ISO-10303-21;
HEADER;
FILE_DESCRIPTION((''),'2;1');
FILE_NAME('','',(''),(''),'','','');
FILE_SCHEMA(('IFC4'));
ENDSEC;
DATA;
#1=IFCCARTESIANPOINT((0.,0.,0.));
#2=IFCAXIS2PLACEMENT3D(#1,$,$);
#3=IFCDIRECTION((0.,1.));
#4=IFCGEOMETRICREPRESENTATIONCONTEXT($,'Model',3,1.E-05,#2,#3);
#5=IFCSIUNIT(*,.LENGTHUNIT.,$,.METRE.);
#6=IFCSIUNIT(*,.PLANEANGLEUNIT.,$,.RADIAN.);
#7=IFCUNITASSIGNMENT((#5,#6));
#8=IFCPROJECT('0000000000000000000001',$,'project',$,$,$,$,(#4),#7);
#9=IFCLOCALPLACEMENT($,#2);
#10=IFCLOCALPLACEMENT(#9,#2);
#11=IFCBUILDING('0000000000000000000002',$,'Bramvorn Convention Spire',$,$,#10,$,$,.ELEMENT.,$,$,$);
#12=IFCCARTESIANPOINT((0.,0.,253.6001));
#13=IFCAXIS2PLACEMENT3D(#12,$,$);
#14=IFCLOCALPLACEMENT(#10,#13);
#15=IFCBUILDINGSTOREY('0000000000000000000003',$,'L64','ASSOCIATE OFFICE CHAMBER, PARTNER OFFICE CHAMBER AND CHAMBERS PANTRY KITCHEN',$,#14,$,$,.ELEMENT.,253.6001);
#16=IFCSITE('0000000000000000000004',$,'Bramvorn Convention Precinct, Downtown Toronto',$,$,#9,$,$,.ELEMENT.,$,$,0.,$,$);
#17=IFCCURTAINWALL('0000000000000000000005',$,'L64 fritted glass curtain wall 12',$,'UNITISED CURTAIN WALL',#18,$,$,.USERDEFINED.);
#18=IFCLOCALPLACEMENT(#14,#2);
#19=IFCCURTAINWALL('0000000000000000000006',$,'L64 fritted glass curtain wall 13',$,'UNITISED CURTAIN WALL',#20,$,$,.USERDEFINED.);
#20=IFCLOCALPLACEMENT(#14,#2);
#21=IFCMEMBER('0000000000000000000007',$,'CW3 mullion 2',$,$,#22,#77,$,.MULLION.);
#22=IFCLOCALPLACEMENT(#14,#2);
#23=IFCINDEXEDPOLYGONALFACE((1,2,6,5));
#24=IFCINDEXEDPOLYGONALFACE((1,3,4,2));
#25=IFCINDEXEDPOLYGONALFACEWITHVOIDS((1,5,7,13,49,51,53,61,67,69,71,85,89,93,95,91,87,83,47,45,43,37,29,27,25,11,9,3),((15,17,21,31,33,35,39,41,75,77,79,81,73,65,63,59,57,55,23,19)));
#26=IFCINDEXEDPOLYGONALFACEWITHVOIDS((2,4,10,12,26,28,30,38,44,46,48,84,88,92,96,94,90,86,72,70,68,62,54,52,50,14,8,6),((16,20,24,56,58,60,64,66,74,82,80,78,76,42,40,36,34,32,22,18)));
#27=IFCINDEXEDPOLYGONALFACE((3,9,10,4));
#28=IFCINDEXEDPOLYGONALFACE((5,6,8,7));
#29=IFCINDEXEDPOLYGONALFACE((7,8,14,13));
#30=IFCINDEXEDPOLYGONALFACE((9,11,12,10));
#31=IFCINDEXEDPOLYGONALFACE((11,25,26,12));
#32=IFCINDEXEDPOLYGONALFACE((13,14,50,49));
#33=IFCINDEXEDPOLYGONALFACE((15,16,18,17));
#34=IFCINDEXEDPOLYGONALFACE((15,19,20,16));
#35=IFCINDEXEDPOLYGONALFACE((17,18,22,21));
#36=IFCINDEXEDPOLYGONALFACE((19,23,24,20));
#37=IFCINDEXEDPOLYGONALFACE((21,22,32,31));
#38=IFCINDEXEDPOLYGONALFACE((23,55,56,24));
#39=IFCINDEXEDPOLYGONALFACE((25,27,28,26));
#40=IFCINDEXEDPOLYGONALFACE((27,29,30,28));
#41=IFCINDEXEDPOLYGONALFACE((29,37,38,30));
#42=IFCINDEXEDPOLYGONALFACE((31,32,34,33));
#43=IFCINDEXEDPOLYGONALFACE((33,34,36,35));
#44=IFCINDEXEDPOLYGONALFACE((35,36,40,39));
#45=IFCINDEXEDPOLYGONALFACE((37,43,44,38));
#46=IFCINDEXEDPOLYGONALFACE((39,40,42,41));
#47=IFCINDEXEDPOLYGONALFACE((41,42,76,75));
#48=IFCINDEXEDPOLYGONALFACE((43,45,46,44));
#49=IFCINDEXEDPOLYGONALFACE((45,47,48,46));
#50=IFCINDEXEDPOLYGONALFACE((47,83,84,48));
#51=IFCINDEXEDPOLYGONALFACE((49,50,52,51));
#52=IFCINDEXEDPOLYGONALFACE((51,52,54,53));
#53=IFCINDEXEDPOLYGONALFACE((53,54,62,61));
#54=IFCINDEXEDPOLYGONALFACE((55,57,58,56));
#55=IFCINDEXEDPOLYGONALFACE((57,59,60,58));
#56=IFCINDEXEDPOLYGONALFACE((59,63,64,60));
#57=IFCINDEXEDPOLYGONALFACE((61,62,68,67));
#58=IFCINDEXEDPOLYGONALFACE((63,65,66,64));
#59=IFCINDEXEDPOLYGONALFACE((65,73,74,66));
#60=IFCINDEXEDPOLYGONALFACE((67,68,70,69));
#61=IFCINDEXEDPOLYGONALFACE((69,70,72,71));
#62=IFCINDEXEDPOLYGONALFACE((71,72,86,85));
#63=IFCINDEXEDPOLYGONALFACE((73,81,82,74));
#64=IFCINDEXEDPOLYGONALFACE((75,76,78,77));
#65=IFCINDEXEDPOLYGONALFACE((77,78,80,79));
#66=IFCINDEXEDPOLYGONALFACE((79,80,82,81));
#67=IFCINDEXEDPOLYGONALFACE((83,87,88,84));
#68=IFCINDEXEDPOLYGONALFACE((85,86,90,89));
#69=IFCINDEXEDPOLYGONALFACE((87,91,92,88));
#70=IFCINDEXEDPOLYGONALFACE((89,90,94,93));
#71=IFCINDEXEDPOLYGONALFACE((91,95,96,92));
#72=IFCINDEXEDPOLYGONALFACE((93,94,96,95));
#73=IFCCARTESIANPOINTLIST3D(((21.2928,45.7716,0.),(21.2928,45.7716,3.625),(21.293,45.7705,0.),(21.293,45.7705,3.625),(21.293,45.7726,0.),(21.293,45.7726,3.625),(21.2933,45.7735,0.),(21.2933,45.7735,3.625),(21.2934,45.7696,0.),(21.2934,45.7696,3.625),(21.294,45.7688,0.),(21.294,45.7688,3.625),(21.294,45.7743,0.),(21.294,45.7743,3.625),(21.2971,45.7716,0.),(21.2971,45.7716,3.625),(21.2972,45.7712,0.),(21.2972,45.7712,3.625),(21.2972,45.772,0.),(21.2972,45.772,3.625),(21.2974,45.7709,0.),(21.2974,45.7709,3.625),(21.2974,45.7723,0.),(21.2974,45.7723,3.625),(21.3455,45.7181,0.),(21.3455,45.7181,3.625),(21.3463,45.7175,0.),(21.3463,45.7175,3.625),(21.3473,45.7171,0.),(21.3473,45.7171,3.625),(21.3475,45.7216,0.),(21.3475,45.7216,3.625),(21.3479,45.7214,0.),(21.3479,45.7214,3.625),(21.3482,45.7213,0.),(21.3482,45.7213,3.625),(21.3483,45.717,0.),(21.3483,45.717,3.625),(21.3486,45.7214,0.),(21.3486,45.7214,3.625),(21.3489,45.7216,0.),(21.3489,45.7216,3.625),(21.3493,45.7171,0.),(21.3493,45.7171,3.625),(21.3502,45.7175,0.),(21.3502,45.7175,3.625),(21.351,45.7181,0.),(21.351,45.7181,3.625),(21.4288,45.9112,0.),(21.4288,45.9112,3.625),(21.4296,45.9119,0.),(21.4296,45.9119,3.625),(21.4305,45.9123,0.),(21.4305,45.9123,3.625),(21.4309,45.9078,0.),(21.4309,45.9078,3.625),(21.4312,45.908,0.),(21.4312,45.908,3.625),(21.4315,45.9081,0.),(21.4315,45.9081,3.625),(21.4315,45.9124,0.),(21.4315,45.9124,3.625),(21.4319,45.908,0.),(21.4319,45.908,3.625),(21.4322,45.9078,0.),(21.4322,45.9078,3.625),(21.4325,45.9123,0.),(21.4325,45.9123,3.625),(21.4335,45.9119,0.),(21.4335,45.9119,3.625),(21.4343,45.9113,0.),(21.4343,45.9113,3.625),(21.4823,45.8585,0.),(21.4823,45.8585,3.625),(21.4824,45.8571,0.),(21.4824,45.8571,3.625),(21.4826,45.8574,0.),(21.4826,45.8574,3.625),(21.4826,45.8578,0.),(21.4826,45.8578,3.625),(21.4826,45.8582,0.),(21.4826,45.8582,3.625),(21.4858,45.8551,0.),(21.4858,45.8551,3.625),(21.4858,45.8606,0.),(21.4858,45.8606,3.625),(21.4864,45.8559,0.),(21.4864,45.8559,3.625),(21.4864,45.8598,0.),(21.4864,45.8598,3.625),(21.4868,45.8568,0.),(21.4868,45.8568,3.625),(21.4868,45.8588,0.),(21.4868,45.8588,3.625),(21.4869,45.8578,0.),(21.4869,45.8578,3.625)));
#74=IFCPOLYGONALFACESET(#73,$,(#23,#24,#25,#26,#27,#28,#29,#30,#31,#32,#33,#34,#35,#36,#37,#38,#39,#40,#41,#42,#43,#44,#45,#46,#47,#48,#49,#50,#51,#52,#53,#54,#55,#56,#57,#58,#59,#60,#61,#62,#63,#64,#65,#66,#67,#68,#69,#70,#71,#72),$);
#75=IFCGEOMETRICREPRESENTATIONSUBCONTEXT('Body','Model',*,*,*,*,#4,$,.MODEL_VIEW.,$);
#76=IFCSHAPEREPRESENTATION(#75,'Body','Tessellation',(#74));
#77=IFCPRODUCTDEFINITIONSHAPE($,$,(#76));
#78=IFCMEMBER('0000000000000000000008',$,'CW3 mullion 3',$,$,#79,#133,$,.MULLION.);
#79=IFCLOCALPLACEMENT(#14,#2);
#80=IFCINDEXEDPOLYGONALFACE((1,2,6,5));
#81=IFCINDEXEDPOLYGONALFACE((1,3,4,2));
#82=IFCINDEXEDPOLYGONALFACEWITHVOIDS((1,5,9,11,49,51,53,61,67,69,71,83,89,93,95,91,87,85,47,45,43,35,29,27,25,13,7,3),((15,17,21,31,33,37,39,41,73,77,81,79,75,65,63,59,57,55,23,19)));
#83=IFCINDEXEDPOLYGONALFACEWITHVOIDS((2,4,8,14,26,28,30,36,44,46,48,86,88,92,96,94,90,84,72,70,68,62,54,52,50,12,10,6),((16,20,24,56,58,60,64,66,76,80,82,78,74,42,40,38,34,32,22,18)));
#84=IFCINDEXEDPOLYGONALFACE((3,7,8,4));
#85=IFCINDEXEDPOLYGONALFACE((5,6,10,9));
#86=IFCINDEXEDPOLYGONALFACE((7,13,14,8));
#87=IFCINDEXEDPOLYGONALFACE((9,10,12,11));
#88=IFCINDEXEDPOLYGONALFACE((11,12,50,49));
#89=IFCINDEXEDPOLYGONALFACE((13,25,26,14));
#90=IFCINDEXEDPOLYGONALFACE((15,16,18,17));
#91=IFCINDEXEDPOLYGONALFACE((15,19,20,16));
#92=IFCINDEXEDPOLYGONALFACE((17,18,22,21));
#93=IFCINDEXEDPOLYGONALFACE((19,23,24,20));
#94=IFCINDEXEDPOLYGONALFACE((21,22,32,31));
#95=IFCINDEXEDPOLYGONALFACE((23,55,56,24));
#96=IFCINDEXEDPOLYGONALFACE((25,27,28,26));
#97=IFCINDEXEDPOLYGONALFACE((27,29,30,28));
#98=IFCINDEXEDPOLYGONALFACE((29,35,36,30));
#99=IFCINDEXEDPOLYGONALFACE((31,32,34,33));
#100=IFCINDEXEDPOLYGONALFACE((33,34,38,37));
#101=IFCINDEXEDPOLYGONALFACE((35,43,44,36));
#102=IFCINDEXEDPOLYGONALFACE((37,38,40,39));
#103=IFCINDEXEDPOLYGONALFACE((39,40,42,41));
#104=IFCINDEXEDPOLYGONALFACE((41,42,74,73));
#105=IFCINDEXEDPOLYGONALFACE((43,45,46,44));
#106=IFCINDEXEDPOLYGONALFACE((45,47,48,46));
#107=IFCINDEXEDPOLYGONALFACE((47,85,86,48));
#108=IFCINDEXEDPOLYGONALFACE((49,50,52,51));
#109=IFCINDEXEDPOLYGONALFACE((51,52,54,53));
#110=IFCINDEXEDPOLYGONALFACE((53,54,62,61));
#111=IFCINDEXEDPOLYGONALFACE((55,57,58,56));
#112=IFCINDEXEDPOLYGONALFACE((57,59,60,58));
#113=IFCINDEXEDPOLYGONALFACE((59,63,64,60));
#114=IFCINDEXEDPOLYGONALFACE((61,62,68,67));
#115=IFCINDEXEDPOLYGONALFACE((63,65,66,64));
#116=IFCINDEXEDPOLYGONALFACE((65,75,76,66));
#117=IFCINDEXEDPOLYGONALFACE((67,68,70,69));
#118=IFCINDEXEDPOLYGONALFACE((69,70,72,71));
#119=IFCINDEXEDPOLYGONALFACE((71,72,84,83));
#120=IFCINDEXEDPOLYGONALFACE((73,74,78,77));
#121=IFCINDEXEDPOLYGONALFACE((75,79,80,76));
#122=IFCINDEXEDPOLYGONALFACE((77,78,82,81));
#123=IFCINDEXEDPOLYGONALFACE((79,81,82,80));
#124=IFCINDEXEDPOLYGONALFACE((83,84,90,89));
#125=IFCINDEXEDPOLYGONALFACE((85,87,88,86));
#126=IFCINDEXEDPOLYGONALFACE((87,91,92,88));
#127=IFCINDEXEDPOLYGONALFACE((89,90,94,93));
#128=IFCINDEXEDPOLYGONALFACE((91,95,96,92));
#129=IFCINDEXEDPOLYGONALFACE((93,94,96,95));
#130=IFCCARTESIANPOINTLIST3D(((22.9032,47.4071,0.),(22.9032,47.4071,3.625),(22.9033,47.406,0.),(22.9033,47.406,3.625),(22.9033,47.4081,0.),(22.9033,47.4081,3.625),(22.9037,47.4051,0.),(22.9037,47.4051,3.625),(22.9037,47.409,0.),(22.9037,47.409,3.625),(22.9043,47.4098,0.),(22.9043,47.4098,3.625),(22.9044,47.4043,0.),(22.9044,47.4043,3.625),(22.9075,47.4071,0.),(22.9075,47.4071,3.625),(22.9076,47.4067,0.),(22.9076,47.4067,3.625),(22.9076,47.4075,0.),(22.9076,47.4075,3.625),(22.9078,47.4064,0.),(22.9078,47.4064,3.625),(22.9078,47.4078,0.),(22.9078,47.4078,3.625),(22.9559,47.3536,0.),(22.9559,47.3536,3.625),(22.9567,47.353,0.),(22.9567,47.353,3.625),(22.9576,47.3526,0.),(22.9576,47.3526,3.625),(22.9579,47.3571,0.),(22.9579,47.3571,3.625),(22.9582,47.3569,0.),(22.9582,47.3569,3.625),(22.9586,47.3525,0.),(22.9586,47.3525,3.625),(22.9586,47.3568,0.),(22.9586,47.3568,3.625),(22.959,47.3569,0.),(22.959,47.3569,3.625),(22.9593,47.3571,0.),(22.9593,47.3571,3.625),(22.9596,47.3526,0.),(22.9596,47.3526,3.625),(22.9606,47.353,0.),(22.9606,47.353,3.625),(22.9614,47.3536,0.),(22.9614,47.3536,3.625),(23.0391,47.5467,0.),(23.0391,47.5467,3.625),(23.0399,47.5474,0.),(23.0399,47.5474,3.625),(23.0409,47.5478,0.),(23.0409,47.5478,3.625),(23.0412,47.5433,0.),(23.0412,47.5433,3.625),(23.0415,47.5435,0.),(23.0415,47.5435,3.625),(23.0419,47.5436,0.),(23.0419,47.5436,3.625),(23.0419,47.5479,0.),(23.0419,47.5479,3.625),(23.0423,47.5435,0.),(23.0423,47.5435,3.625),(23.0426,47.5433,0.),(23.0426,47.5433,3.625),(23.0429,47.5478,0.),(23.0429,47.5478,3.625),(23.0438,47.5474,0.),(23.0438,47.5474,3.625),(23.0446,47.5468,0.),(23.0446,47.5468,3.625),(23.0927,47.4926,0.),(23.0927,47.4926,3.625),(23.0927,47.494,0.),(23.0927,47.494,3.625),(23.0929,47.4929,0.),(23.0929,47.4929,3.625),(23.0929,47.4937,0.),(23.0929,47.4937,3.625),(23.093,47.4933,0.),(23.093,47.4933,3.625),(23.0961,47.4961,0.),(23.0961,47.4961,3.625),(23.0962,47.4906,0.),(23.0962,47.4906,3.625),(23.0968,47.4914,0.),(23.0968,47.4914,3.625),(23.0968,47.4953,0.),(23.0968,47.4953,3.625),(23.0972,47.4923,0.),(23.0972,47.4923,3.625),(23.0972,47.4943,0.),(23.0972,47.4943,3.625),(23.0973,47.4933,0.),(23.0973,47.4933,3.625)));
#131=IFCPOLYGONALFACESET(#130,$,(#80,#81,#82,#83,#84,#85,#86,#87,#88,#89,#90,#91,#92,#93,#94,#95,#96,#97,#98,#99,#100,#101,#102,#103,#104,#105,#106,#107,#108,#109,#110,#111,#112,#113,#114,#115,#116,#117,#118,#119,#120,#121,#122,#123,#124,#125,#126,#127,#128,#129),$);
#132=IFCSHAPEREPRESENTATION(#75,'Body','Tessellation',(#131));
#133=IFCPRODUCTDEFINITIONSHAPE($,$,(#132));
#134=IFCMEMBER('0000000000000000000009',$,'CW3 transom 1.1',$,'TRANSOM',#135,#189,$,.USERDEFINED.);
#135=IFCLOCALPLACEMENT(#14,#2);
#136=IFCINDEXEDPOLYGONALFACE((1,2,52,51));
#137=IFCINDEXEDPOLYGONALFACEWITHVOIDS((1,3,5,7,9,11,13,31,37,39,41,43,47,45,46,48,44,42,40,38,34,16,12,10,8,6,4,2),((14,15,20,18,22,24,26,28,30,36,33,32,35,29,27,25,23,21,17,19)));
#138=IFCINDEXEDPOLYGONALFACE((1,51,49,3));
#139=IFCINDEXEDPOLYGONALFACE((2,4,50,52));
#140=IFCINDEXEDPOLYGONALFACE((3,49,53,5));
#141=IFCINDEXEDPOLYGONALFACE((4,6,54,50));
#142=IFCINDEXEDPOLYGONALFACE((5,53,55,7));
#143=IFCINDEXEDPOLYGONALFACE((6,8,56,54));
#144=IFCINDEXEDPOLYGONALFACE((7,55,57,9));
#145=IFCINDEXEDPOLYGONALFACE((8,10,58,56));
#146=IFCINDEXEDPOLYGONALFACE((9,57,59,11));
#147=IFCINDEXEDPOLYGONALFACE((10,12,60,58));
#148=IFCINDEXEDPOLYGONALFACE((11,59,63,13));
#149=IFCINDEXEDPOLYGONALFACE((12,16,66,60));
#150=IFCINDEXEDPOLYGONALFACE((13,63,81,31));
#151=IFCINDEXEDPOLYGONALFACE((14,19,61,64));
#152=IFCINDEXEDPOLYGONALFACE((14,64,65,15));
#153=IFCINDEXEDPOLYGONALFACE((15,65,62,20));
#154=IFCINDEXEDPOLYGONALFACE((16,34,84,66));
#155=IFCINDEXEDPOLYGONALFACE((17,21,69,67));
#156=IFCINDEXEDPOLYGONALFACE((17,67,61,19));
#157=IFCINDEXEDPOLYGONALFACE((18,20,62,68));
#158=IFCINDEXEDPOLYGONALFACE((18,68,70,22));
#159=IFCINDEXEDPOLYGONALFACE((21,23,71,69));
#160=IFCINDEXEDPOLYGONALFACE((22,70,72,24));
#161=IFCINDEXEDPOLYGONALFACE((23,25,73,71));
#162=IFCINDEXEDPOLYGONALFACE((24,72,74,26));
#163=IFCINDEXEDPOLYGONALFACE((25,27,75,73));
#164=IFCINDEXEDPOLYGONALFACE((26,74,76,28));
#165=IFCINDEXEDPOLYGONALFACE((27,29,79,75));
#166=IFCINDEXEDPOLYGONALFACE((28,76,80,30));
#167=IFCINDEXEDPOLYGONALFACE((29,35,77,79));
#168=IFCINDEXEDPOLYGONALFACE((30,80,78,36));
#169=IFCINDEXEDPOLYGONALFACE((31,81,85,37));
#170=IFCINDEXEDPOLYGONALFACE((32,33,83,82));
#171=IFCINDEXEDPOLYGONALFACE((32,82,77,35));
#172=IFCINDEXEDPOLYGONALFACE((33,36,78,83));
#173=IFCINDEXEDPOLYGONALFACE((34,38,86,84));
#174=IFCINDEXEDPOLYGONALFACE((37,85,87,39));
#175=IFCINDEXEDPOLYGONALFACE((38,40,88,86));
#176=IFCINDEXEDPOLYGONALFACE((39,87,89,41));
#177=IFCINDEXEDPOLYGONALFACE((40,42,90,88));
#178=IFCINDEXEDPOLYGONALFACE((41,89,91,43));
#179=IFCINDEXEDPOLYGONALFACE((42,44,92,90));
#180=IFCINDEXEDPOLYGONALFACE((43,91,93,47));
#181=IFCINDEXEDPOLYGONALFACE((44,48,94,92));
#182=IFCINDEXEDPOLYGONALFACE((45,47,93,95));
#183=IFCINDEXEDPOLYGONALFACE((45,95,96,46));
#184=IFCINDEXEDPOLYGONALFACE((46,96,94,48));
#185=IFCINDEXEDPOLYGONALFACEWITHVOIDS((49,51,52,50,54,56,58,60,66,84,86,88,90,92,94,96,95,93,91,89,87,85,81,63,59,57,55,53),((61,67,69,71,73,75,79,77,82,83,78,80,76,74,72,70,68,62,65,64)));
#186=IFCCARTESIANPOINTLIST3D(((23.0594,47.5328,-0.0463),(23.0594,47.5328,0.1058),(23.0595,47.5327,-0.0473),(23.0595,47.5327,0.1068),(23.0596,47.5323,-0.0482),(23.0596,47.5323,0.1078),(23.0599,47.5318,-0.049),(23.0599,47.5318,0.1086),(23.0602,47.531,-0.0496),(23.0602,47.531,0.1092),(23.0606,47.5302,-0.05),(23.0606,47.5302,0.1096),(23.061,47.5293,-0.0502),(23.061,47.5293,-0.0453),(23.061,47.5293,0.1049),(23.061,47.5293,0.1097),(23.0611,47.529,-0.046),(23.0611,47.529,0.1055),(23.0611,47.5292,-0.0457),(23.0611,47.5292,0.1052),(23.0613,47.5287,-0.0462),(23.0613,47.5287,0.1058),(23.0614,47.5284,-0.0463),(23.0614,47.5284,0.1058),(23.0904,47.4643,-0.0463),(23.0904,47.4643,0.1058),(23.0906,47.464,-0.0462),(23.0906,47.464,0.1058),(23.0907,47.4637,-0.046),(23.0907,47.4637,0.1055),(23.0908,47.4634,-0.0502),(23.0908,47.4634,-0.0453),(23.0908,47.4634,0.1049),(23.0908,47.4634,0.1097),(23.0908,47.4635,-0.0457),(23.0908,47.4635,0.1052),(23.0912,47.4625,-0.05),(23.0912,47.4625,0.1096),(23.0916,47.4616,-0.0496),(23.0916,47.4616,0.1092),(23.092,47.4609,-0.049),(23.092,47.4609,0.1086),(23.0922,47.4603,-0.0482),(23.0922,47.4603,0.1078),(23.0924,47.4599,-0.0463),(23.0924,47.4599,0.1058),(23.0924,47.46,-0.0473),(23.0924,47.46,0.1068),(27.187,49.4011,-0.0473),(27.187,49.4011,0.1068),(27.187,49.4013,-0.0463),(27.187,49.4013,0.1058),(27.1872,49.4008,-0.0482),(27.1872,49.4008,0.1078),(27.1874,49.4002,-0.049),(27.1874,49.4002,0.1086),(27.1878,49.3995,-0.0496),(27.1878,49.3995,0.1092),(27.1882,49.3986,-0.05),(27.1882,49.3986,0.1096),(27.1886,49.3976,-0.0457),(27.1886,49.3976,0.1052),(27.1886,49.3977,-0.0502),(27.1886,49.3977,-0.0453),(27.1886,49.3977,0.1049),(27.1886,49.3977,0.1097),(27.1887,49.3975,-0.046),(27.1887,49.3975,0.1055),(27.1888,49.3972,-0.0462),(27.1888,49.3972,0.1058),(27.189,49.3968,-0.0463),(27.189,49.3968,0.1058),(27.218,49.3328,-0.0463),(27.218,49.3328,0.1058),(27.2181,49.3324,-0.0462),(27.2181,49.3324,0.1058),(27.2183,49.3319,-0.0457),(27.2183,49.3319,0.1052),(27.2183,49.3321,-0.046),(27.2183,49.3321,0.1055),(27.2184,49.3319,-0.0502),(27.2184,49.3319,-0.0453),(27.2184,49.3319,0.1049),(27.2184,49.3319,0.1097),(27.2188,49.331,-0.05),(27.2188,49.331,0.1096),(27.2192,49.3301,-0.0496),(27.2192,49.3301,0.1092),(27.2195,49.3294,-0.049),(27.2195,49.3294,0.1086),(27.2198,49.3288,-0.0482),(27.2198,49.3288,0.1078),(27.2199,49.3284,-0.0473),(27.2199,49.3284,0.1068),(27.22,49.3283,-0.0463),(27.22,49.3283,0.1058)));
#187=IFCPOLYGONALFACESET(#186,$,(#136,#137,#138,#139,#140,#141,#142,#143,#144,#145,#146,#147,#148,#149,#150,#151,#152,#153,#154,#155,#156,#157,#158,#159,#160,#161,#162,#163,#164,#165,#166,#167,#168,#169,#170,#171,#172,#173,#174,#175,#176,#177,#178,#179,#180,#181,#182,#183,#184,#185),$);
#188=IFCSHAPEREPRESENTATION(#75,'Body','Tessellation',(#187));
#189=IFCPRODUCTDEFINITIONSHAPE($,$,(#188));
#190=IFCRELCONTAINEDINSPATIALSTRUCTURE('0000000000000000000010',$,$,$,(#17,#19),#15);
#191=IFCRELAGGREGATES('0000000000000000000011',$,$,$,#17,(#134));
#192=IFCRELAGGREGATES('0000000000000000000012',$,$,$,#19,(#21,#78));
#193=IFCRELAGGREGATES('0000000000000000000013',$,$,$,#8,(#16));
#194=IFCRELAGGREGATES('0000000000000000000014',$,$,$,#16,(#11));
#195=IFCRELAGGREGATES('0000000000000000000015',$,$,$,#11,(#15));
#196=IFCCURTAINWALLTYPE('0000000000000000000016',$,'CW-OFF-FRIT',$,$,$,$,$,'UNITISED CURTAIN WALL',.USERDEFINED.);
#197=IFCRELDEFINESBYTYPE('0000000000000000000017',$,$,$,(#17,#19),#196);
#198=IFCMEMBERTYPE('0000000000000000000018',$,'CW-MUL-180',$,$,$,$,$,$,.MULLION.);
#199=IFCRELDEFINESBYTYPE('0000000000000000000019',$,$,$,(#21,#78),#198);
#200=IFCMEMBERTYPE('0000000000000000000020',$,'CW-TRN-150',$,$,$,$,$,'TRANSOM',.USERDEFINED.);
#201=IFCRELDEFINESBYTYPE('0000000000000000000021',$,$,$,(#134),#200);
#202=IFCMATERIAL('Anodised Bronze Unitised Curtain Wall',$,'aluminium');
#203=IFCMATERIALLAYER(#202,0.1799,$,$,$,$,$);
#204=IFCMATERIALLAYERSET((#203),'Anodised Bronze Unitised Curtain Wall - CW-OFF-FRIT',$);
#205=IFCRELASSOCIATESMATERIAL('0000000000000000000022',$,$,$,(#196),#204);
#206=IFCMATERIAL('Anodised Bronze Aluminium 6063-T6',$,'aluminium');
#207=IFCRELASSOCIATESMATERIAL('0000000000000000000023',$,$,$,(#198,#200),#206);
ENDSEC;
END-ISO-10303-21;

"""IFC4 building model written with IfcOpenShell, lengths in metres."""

from ifc_helpers import new_model, si_unit, direction, frame, origin, origin_2d, place, context, subcontext, project, spatial, hollow_rectangle, extrude, material, layer, layer_set, material_profile, profile_set, type_object, element, aggregate, save


model = new_model("IFC4")

# Units and contexts
model_context = context("Model", 3, precision=1e-05, world=origin(), true_north=direction((0.0, 1.0)))
body_context = subcontext(model_context, "Body", "Model", "MODEL_VIEW")
ifc_project = project(units=[si_unit("LENGTHUNIT", "METRE"), si_unit("PLANEANGLEUNIT", "RADIAN")], contexts=[model_context])

# Site, building, storey
site_placement = place(None, origin())
site = spatial("IfcSite", under=ifc_project, at=site_placement, Name="Bramvorn Convention Precinct, Downtown Toronto", CompositionType="ELEMENT", RefElevation=0.0)
building_placement = place(site_placement, origin())
building = spatial("IfcBuilding", under=site, at=building_placement, Name="Bramvorn Convention Spire", CompositionType="ELEMENT")
storey_placement = place(building_placement, frame((0.0, 0.0, 253.6001)))
storey = spatial("IfcBuildingStorey", under=building, at=storey_placement, Name="L64", Description="ASSOCIATE OFFICE CHAMBER, PARTNER OFFICE CHAMBER AND CHAMBERS PANTRY KITCHEN", CompositionType="ELEMENT", Elevation=253.6001)

# Curtain walls, members
ifc_material_1 = material(Name="Anodised Bronze Unitised Curtain Wall", Category="aluminium")
ifc_layer_1 = layer(ifc_material_1, 0.1799)
ifc_layer_set_1 = layer_set([ifc_layer_1], Name="Anodised Bronze Unitised Curtain Wall - CW-OFF-FRIT")
curtain_wall_type = type_object("IfcCurtainWallType", Name="CW-OFF-FRIT", ElementType="UNITISED CURTAIN WALL", PredefinedType="USERDEFINED", material=ifc_layer_set_1)
curtain_wall_1_placement = place(storey_placement, origin())
curtain_wall_1 = element("IfcCurtainWall", 1, at=curtain_wall_1_placement, inside=storey, type_object=curtain_wall_type, Name="L64 fritted glass curtain wall 12", ObjectType="UNITISED CURTAIN WALL", PredefinedType="USERDEFINED")
ifc_material_2 = material(Name="Anodised Bronze Aluminium 6063-T6", Category="aluminium")
ifc_material_profile_1 = material_profile(ifc_material_2, hollow_rectangle(XDim=0.0801, YDim=0.2, WallThickness=0.0039, InnerFilletRadius=0.001, OuterFilletRadius=0.0039, at=origin_2d()))
ifc_profile_set_1 = profile_set([ifc_material_profile_1], Name="Anodised Bronze Aluminium 6063-T6 - CWM80X200")
member_type_1 = type_object("IfcMemberType", Name="CW-MUL-180", PredefinedType="MULLION", material=ifc_profile_set_1)
curtain_wall_2_placement = place(storey_placement, origin())
curtain_wall_2 = element("IfcCurtainWall", 2, at=curtain_wall_2_placement, inside=storey, type_object=curtain_wall_type, Name="L64 fritted glass curtain wall 13", ObjectType="UNITISED CURTAIN WALL", PredefinedType="USERDEFINED")
member_1_placement = place(storey_placement, frame((21.3899, 45.8147, 0.0), z_axis=(0.0, 0.0, 1.0), x_axis=(-0.71259, 0.701581, 0.0)))
member_1 = element("IfcMember", 3, at=member_1_placement, type_object=member_type_1, Name="CW3 mullion 2", PredefinedType="MULLION", context=body_context, shape_type="SweptSolid", body=[
    extrude(hollow_rectangle(XDim=0.0801, YDim=0.2, WallThickness=0.0039, InnerFilletRadius=0.001, OuterFilletRadius=0.0039, at=origin_2d()), origin(), (0.0, 0.0, 1.0), 3.625),
])
member_2_placement = place(storey_placement, frame((23.0002, 47.4502, 0.0), z_axis=(0.0, 0.0, 1.0), x_axis=(-0.71259, 0.701581, 0.0)))
member_2 = element("IfcMember", 4, at=member_2_placement, type_object=member_type_1, Name="CW3 mullion 3", PredefinedType="MULLION", context=body_context, shape_type="SweptSolid", body=[
    extrude(hollow_rectangle(XDim=0.0801, YDim=0.2, WallThickness=0.0039, InnerFilletRadius=0.001, OuterFilletRadius=0.0039, at=origin_2d()), origin(), (0.0, 0.0, 1.0), 3.625),
])

# Member
ifc_material_profile_2 = material_profile(ifc_material_2, hollow_rectangle(XDim=0.0801, YDim=0.1599, WallThickness=0.0039, InnerFilletRadius=0.001, OuterFilletRadius=0.0039, at=origin_2d()))
ifc_profile_set_2 = profile_set([ifc_material_profile_2], Name="Anodised Bronze Aluminium 6063-T6 - CWT80X160")
member_type_2 = type_object("IfcMemberType", Name="CW-TRN-150", ElementType="TRANSOM", PredefinedType="USERDEFINED", material=ifc_profile_set_2)
member_3_placement = place(storey_placement, frame((23.0759, 47.4963, 0.0298), z_axis=(0.911006, 0.412394, 0.0), x_axis=(-0.412394, 0.911006, 0.0)))
member_3 = element("IfcMember", 5, at=member_3_placement, type_object=member_type_2, Name="CW3 transom 1.1", ObjectType="TRANSOM", PredefinedType="USERDEFINED", context=body_context, shape_type="SweptSolid", body=[
    extrude(hollow_rectangle(XDim=0.0801, YDim=0.1599, WallThickness=0.0039, InnerFilletRadius=0.001, OuterFilletRadius=0.0039, at=origin_2d()), origin(), (0.0, 0.0, 1.0), 4.5308),
])

aggregate(curtain_wall_1, [member_3])
aggregate(curtain_wall_2, [member_1, member_2])

save(model, "model.ifc")
